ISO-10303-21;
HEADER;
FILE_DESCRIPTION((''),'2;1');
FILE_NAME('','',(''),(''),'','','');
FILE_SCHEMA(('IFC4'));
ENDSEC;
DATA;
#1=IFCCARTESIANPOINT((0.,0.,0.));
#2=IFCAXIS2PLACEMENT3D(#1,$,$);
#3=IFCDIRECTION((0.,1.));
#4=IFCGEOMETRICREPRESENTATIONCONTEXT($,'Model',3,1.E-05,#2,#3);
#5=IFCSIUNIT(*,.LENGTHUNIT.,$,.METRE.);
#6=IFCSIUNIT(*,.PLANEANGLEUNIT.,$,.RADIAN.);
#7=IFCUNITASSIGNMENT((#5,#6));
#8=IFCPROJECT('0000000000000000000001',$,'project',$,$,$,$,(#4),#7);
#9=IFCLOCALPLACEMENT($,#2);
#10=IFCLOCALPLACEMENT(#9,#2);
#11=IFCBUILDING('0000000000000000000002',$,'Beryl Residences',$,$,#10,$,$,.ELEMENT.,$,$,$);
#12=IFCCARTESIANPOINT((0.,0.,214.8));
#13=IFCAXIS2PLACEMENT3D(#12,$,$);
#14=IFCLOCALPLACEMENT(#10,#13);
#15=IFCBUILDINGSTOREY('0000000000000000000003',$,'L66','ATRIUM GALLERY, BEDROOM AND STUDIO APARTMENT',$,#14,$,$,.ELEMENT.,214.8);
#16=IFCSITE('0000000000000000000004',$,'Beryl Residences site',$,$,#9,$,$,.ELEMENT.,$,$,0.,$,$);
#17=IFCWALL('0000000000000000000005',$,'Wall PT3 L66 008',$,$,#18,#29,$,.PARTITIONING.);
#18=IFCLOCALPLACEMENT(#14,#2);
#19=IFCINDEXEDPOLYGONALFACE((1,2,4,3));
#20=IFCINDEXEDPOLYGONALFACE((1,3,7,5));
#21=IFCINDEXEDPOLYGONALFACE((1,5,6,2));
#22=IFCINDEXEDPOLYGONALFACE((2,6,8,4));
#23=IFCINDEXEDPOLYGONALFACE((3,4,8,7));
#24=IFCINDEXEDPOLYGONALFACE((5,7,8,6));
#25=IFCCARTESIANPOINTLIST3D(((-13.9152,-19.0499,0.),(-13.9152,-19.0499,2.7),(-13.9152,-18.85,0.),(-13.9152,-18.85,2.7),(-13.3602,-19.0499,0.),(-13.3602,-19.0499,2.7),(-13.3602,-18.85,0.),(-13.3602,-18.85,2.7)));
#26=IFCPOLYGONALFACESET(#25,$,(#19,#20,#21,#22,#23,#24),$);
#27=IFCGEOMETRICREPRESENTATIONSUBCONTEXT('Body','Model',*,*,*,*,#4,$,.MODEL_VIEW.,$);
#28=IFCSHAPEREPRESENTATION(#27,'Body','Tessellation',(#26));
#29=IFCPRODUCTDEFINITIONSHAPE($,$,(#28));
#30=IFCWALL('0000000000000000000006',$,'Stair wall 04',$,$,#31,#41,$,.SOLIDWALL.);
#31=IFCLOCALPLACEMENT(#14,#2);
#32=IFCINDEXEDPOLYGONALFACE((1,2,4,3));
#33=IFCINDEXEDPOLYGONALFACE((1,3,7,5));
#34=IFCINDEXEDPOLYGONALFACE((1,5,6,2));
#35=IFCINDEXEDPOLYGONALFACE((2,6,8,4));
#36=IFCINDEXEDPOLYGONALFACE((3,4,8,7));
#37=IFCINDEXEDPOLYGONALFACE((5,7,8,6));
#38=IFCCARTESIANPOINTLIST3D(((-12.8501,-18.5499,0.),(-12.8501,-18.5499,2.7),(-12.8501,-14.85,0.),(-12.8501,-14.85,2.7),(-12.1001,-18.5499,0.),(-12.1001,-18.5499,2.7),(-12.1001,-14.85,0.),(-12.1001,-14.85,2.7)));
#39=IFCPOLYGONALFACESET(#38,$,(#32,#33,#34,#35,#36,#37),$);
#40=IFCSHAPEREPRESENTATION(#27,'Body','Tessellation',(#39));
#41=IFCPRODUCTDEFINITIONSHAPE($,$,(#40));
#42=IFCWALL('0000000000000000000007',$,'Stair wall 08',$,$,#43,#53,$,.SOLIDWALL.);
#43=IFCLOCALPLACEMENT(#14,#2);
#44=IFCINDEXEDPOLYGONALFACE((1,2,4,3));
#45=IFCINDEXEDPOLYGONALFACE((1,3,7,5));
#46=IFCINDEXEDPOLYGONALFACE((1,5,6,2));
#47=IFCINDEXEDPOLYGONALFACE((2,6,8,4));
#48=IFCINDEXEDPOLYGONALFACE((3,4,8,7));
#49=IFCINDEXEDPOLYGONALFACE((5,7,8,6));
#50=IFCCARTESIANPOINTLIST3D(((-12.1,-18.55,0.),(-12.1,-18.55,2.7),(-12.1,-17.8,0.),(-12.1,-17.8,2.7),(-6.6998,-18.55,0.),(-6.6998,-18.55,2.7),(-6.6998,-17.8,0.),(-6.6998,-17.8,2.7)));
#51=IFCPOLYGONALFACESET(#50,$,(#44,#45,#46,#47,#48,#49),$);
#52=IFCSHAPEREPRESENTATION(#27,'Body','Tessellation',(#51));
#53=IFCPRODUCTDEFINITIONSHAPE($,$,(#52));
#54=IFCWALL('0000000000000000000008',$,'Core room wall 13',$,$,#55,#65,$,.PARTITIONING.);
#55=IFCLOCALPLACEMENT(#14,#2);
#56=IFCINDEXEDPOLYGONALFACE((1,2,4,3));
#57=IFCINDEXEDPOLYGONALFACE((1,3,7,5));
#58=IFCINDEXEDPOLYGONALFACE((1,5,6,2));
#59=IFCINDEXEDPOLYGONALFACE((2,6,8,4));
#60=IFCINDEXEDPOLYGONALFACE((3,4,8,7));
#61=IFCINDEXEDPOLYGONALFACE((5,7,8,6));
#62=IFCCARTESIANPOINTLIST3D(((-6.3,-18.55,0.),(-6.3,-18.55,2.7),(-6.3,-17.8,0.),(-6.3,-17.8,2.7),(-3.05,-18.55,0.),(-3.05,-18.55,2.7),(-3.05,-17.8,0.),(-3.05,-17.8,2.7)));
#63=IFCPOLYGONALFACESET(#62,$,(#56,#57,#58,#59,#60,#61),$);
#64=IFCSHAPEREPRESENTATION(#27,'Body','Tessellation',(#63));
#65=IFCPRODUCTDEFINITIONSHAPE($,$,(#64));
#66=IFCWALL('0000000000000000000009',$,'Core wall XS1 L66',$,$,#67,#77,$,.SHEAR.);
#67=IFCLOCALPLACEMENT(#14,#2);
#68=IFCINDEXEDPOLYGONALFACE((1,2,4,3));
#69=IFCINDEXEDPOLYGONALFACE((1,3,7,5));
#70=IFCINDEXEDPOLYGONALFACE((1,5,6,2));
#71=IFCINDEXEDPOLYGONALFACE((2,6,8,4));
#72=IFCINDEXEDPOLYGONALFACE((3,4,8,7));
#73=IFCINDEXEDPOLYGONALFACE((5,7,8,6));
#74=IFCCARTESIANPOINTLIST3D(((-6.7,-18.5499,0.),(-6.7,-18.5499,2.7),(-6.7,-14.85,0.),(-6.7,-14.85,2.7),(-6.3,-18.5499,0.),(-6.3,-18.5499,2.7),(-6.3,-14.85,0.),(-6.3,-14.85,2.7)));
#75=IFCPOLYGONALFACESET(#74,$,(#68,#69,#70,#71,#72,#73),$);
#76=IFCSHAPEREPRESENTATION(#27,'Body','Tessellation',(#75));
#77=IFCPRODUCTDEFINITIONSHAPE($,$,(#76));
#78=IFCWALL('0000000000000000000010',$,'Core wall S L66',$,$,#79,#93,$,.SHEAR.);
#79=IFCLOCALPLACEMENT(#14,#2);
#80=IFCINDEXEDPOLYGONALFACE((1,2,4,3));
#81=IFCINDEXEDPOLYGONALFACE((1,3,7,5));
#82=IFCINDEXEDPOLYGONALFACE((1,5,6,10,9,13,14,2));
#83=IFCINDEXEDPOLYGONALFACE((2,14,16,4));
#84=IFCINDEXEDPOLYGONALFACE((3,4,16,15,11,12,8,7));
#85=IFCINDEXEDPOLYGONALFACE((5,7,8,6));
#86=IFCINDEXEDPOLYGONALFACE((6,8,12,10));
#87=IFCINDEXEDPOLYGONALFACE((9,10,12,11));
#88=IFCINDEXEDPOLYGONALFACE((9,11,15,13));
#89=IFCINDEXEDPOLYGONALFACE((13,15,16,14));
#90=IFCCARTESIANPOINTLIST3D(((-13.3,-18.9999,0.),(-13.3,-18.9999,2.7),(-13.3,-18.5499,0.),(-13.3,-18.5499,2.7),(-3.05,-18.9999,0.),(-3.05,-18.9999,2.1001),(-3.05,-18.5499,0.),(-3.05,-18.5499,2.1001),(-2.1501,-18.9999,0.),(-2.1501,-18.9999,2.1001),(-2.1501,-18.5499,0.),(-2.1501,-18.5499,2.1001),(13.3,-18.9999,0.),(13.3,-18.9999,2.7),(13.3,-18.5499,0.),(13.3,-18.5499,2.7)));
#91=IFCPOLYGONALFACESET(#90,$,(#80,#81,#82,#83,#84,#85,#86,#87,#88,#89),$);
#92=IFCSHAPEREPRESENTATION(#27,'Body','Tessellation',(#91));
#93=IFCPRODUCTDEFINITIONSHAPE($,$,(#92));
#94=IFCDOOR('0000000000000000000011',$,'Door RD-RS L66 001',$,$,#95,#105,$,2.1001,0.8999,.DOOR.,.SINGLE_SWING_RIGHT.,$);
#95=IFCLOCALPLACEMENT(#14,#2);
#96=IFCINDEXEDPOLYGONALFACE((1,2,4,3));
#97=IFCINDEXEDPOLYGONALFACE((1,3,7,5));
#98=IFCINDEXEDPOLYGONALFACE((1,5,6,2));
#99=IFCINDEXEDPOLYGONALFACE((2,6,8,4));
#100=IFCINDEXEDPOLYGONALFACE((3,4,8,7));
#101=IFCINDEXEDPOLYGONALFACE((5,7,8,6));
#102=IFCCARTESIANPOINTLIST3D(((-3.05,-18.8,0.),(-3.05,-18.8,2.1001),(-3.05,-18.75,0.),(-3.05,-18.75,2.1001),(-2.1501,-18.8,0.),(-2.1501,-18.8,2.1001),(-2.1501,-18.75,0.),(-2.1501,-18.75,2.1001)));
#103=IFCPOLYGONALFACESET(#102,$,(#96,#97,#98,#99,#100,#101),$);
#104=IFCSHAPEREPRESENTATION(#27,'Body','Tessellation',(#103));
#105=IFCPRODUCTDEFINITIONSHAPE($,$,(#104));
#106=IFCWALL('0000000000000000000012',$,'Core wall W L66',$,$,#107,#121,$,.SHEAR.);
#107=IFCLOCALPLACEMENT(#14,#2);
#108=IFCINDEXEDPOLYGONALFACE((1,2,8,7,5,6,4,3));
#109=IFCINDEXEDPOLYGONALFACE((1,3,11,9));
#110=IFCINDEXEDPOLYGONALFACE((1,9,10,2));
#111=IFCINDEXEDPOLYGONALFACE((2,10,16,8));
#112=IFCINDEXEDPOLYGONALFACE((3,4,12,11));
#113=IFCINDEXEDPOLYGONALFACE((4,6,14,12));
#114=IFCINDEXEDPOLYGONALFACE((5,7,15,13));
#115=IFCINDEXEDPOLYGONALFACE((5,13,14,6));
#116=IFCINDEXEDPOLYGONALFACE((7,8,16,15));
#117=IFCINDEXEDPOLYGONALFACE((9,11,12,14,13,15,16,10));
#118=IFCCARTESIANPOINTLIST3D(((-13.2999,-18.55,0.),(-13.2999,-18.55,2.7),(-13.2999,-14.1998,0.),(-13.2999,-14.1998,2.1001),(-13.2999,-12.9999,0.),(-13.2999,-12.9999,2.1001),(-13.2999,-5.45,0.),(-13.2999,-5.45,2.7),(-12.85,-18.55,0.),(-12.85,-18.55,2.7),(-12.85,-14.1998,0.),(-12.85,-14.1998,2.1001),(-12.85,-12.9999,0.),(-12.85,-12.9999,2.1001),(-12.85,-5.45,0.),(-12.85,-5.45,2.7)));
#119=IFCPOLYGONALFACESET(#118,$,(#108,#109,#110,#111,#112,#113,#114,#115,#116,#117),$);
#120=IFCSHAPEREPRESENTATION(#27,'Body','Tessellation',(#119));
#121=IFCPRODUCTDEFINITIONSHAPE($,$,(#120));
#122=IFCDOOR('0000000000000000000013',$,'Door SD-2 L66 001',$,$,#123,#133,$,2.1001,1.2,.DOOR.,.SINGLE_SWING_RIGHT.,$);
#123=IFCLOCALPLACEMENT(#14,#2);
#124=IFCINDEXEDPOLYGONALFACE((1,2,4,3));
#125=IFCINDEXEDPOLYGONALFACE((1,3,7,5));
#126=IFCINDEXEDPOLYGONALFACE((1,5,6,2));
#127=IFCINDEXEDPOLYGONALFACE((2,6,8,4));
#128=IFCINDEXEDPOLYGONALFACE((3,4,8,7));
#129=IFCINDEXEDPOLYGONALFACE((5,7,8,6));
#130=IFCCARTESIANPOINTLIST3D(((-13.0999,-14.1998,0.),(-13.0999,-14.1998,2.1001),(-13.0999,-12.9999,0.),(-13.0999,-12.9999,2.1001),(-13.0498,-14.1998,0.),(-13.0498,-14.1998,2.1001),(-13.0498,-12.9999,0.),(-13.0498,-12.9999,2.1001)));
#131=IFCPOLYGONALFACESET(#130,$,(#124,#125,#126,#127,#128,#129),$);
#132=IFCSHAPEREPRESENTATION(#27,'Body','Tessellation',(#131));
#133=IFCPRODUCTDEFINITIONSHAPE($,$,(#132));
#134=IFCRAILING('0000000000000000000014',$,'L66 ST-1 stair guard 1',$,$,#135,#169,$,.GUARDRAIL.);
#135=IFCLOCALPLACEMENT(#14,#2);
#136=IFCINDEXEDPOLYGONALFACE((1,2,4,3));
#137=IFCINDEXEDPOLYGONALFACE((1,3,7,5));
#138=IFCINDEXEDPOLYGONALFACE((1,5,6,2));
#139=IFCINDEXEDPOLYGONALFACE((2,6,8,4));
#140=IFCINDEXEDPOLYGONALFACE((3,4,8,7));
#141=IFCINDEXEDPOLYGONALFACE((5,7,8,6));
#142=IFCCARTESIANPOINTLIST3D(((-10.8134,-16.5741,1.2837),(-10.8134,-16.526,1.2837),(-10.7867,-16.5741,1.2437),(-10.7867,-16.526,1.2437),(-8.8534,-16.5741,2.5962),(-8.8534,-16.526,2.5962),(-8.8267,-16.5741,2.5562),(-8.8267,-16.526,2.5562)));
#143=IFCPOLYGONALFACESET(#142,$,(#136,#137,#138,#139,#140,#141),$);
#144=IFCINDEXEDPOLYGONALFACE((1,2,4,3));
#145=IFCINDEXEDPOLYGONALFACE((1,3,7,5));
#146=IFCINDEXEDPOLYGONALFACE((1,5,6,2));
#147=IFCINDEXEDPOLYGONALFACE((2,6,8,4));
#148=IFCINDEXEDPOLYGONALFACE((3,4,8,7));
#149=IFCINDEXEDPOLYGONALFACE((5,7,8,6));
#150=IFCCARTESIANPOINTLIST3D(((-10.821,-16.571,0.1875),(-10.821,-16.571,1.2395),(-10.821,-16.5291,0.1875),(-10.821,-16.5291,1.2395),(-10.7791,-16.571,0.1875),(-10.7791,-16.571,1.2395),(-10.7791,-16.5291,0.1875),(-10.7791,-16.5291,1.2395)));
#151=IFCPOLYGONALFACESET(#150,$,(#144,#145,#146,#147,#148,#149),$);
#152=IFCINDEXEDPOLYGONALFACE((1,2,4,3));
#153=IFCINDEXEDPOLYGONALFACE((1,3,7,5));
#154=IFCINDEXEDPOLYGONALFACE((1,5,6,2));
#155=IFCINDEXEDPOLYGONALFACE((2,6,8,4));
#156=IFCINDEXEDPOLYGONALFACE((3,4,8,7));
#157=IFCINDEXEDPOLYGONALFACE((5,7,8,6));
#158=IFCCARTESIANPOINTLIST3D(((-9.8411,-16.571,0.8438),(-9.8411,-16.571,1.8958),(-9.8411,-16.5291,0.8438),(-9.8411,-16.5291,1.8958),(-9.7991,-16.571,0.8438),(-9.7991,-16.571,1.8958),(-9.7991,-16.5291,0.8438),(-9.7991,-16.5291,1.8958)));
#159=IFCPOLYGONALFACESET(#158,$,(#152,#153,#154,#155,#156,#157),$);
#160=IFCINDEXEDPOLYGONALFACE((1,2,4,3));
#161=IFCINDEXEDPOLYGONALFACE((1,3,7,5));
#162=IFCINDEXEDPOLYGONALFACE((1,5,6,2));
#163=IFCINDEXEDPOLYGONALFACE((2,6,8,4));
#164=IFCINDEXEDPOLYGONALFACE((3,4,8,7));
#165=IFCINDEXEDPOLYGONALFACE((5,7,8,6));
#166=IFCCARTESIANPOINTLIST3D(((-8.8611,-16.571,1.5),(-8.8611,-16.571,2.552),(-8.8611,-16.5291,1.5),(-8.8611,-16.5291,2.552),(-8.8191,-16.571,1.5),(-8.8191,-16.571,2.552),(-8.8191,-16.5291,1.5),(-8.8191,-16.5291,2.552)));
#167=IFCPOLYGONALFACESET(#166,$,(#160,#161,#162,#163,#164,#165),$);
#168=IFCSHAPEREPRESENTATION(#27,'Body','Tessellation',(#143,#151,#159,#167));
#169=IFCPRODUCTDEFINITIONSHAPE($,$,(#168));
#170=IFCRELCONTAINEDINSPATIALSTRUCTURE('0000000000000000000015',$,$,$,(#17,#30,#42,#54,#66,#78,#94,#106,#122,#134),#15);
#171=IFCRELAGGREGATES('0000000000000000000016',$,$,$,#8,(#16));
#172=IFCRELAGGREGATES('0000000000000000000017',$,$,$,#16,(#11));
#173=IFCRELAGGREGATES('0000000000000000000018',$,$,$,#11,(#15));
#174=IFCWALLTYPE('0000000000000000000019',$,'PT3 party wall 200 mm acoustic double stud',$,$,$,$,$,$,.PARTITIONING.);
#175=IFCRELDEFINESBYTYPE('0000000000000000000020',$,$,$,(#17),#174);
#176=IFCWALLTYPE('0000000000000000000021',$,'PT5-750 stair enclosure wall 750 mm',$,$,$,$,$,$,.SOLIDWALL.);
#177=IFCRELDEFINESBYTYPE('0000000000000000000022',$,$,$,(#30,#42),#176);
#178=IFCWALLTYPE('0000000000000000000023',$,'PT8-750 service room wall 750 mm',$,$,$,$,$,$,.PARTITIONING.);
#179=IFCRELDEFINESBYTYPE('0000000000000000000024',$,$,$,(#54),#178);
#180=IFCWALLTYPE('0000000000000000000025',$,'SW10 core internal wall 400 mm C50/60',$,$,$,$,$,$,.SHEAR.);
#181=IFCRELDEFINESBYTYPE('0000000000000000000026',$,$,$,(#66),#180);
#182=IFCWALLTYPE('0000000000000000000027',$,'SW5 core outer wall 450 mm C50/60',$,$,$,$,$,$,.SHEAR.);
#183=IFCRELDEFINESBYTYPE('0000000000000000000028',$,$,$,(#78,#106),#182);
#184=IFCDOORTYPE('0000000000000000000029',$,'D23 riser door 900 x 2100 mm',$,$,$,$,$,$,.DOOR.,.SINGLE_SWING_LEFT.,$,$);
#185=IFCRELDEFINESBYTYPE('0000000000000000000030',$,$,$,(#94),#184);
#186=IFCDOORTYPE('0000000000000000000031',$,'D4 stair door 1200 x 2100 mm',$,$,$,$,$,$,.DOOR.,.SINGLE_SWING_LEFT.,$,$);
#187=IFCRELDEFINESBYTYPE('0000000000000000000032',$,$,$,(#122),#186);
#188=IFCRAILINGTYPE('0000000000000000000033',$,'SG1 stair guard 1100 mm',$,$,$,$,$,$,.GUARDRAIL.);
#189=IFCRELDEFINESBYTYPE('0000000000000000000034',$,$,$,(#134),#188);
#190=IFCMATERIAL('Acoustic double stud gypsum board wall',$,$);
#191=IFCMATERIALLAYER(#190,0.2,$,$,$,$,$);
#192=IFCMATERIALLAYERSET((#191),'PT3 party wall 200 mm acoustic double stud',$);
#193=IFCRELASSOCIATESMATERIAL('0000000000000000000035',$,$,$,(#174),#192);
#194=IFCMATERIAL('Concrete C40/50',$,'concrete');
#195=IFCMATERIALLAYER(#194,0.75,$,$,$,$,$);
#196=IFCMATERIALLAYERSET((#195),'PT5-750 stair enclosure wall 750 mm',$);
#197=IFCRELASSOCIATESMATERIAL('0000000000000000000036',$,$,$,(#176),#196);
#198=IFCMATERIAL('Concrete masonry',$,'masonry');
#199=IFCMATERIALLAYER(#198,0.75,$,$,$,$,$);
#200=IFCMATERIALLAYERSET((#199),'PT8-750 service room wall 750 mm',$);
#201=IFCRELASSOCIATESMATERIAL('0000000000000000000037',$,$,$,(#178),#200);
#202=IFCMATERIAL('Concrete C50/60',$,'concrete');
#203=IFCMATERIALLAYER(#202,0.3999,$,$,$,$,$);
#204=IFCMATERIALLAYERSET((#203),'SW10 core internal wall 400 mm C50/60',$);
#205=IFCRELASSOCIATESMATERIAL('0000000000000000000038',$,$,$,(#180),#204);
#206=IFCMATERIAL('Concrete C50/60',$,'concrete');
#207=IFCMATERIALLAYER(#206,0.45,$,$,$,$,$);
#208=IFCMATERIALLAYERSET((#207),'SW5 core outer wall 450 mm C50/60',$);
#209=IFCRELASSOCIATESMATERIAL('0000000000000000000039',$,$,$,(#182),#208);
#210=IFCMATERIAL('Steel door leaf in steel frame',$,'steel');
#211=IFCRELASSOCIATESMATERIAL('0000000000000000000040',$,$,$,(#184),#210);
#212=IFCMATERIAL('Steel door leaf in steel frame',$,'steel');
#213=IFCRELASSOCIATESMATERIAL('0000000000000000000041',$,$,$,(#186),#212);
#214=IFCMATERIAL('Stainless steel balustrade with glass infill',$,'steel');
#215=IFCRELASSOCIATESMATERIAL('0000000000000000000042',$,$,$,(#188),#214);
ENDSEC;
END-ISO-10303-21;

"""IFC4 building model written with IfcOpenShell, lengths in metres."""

from ifc_helpers import new_model, si_unit, direction, frame, frame_2d, origin, origin_2d, place, context, subcontext, project, spatial, rectangle, extrude, material, layer, layer_set, type_object, element, fill, save


model = new_model("IFC4")

# Units and contexts
model_context = context("Model", 3, precision=1e-05, world=origin(), true_north=direction((0.0, 1.0)))
body_context = subcontext(model_context, "Body", "Model", "MODEL_VIEW")
ifc_project = project(units=[si_unit("LENGTHUNIT", "METRE"), si_unit("PLANEANGLEUNIT", "RADIAN")], contexts=[model_context])

# Site, building, storey
site_placement = place(None, origin())
site = spatial("IfcSite", under=ifc_project, at=site_placement, Name="Beryl Residences site", CompositionType="ELEMENT", RefElevation=0.0)
building_placement = place(site_placement, origin())
building = spatial("IfcBuilding", under=site, at=building_placement, Name="Beryl Residences", CompositionType="ELEMENT")
storey_placement = place(building_placement, frame((0.0, 0.0, 214.8)))
storey = spatial("IfcBuildingStorey", under=building, at=storey_placement, Name="L66", Description="ATRIUM GALLERY, BEDROOM AND STUDIO APARTMENT", CompositionType="ELEMENT", Elevation=214.8)

# Walls
ifc_material_1 = material(Name="Acoustic double stud gypsum board wall")
ifc_layer_1 = layer(ifc_material_1, 0.2)
ifc_layer_set_1 = layer_set([ifc_layer_1], Name="PT3 party wall 200 mm acoustic double stud")
wall_type_1 = type_object("IfcWallType", Name="PT3 party wall 200 mm acoustic double stud", PredefinedType="PARTITIONING", material=ifc_layer_set_1)
wall_1_placement = place(storey_placement, frame((-13.915, -18.95, 0.0), z_axis=(0.0, 0.0, 1.0), x_axis=(1.0, 0.0, 0.0)))
element("IfcWall", 1, at=wall_1_placement, inside=storey, type_object=wall_type_1, Name="Wall PT3 L66 008", PredefinedType="PARTITIONING", context=body_context, shape_type="SweptSolid", body=[
    extrude(rectangle(XDim=0.5549, YDim=0.2, at=frame_2d((0.2773, 0.0))), origin(), (0.0, 0.0, 1.0), 2.7),
])
ifc_material_2 = material(Name="Concrete C40/50", Category="concrete")
ifc_layer_2 = layer(ifc_material_2, 0.75)
ifc_layer_set_2 = layer_set([ifc_layer_2], Name="PT5-750 stair enclosure wall 750 mm")
wall_type_2 = type_object("IfcWallType", Name="PT5-750 stair enclosure wall 750 mm", PredefinedType="SOLIDWALL", material=ifc_layer_set_2)
wall_2_placement = place(storey_placement, frame((-12.4751, -18.55, 0.0), z_axis=(0.0, 0.0, 1.0), x_axis=(0.0, 1.0, 0.0)))
element("IfcWall", 2, at=wall_2_placement, inside=storey, type_object=wall_type_2, Name="Stair wall 04", PredefinedType="SOLIDWALL", context=body_context, shape_type="SweptSolid", body=[
    extrude(rectangle(XDim=3.7, YDim=0.75, at=frame_2d((1.8501, 0.0))), origin(), (0.0, 0.0, 1.0), 2.7),
])
wall_3_placement = place(storey_placement, frame((-12.1001, -18.175, 0.0), z_axis=(0.0, 0.0, 1.0), x_axis=(1.0, 0.0, 0.0)))
element("IfcWall", 3, at=wall_3_placement, inside=storey, type_object=wall_type_2, Name="Stair wall 08", PredefinedType="SOLIDWALL", context=body_context, shape_type="SweptSolid", body=[
    extrude(rectangle(XDim=5.4001, YDim=0.75, at=frame_2d((2.7002, 0.0))), origin(), (0.0, 0.0, 1.0), 2.7),
])
ifc_material_3 = material(Name="Concrete masonry", Category="masonry")
ifc_layer_3 = layer(ifc_material_3, 0.75)
ifc_layer_set_3 = layer_set([ifc_layer_3], Name="PT8-750 service room wall 750 mm")
wall_type_3 = type_object("IfcWallType", Name="PT8-750 service room wall 750 mm", PredefinedType="PARTITIONING", material=ifc_layer_set_3)
wall_4_placement = place(storey_placement, frame((-6.3, -18.175, 0.0), z_axis=(0.0, 0.0, 1.0), x_axis=(1.0, 0.0, 0.0)))
element("IfcWall", 4, at=wall_4_placement, inside=storey, type_object=wall_type_3, Name="Core room wall 13", PredefinedType="PARTITIONING", context=body_context, shape_type="SweptSolid", body=[
    extrude(rectangle(XDim=3.25, YDim=0.75, at=frame_2d((1.625, 0.0))), origin(), (0.0, 0.0, 1.0), 2.7),
])
ifc_material_4 = material(Name="Concrete C50/60", Category="concrete")
ifc_layer_4 = layer(ifc_material_4, 0.3999)
ifc_layer_set_4 = layer_set([ifc_layer_4], Name="SW10 core internal wall 400 mm C50/60")
wall_type_4 = type_object("IfcWallType", Name="SW10 core internal wall 400 mm C50/60", PredefinedType="SHEAR", material=ifc_layer_set_4)
wall_5_placement = place(storey_placement, frame((-6.5, -18.55, 0.0), z_axis=(0.0, 0.0, 1.0), x_axis=(0.0, 1.0, 0.0)))
element("IfcWall", 5, at=wall_5_placement, inside=storey, type_object=wall_type_4, Name="Core wall XS1 L66", PredefinedType="SHEAR", context=body_context, shape_type="SweptSolid", body=[
    extrude(rectangle(XDim=3.7, YDim=0.3999, at=frame_2d((1.8501, 0.0))), origin(), (0.0, 0.0, 1.0), 2.7),
])

# Walls, openings, doors
ifc_material_5 = material(Name="Concrete C50/60", Category="concrete")
ifc_layer_5 = layer(ifc_material_5, 0.45)
ifc_layer_set_5 = layer_set([ifc_layer_5], Name="SW5 core outer wall 450 mm C50/60")
wall_type_5 = type_object("IfcWallType", Name="SW5 core outer wall 450 mm C50/60", PredefinedType="SHEAR", material=ifc_layer_set_5)
wall_6_placement = place(storey_placement, frame((-13.3, -18.7749, 0.0), z_axis=(0.0, 0.0, 1.0), x_axis=(1.0, 0.0, 0.0)))
wall_6 = element("IfcWall", 6, at=wall_6_placement, inside=storey, type_object=wall_type_5, Name="Core wall S L66", PredefinedType="SHEAR", context=body_context, shape_type="SweptSolid", body=[
    extrude(rectangle(XDim=26.6001, YDim=0.45, at=frame_2d((13.3, 0.0))), origin(), (0.0, 0.0, 1.0), 2.7),
])
opening_1_placement = place(wall_6_placement, frame((10.25, 0.0, 0.0)))
opening_1 = element("IfcOpeningElement", 7, at=opening_1_placement, cuts=wall_6, PredefinedType="OPENING", context=body_context, shape_type="SweptSolid", body=[
    extrude(rectangle(XDim=0.8999, YDim=2.1001, at=frame_2d((0.45, 1.05))), frame((0.0, 0.2349, 0.0), z_axis=(0.0, -1.0, 0.0), x_axis=(1.0, 0.0, 0.0)), (0.0, 0.0, 1.0), 0.47),
])
ifc_material_6 = material(Name="Steel door leaf in steel frame", Category="steel")
door_type_1 = type_object("IfcDoorType", Name="D23 riser door 900 x 2100 mm", OperationType="SINGLE_SWING_LEFT", PredefinedType="DOOR", material=ifc_material_6)
door_1_placement = place(opening_1_placement, origin())
door_1 = element("IfcDoor", 8, at=door_1_placement, inside=storey, type_object=door_type_1, Name="Door RD-RS L66 001", OperationType="SINGLE_SWING_RIGHT", OverallHeight=2.1001, OverallWidth=0.8999, PredefinedType="DOOR", context=body_context, shape_type="SweptSolid", body=[
    extrude(rectangle(XDim=0.8999, YDim=2.1001, at=frame_2d((0.45, 1.05))), frame((0.0, 0.0249, 0.0), z_axis=(0.0, -1.0, 0.0), x_axis=(1.0, 0.0, 0.0)), (0.0, 0.0, 1.0), 0.05),
])
fill(opening_1, door_1)
wall_7_placement = place(storey_placement, frame((-13.075, -18.55, 0.0), z_axis=(0.0, 0.0, 1.0), x_axis=(0.0, 1.0, 0.0)))
wall_7 = element("IfcWall", 9, at=wall_7_placement, inside=storey, type_object=wall_type_5, Name="Core wall W L66", PredefinedType="SHEAR", context=body_context, shape_type="SweptSolid", body=[
    extrude(rectangle(XDim=13.1001, YDim=0.45, at=frame_2d((6.55, 0.0))), origin(), (0.0, 0.0, 1.0), 2.7),
])
opening_2_placement = place(wall_7_placement, frame((4.3501, 0.0, 0.0)))
opening_2 = element("IfcOpeningElement", 10, at=opening_2_placement, cuts=wall_7, PredefinedType="OPENING", context=body_context, shape_type="SweptSolid", body=[
    extrude(rectangle(XDim=1.2, YDim=2.1001, at=frame_2d((0.6001, 1.05))), frame((0.0, 0.2349, 0.0), z_axis=(0.0, -1.0, 0.0), x_axis=(1.0, 0.0, 0.0)), (0.0, 0.0, 1.0), 0.47),
])
ifc_material_7 = material(Name="Steel door leaf in steel frame", Category="steel")
door_type_2 = type_object("IfcDoorType", Name="D4 stair door 1200 x 2100 mm", OperationType="SINGLE_SWING_LEFT", PredefinedType="DOOR", material=ifc_material_7)
door_2_placement = place(opening_2_placement, origin())
door_2 = element("IfcDoor", 11, at=door_2_placement, inside=storey, type_object=door_type_2, Name="Door SD-2 L66 001", OperationType="SINGLE_SWING_RIGHT", OverallHeight=2.1001, OverallWidth=1.2, PredefinedType="DOOR", context=body_context, shape_type="SweptSolid", body=[
    extrude(rectangle(XDim=1.2, YDim=2.1001, at=frame_2d((0.6001, 1.05))), frame((0.0, 0.0249, 0.0), z_axis=(0.0, -1.0, 0.0), x_axis=(1.0, 0.0, 0.0)), (0.0, 0.0, 1.0), 0.05),
])
fill(opening_2, door_2)

# Railing
ifc_material_8 = material(Name="Stainless steel balustrade with glass infill", Category="steel")
railing_type_1 = type_object("IfcRailingType", Name="SG1 stair guard 1100 mm", PredefinedType="GUARDRAIL", material=ifc_material_8)
railing_1_placement = place(storey_placement, frame((-10.8, -16.55, 0.1875)))
element("IfcRailing", 12, at=railing_1_placement, inside=storey, type_object=railing_type_1, Name="L66 ST-1 stair guard 1", PredefinedType="GUARDRAIL", context=body_context, shape_type="SweptSolid", body=[
    extrude(rectangle(XDim=0.0481, YDim=0.0481, at=origin_2d()), frame((0.0, 0.0, 1.0762), z_axis=(0.830902, 0.0, 0.556419), x_axis=(0.0, 1.0, 0.0)), (0.0, 0.0, 1.0), 2.3589),
    extrude(rectangle(XDim=0.042, YDim=0.042, at=origin_2d()), origin(), (0.0, 0.0, 1.0), 1.052),
    extrude(rectangle(XDim=0.042, YDim=0.042, at=origin_2d()), frame((0.98, 0.0, 0.6562)), (0.0, 0.0, 1.0), 1.052),
    extrude(rectangle(XDim=0.042, YDim=0.042, at=origin_2d()), frame((1.96, 0.0, 1.3125)), (0.0, 0.0, 1.0), 1.052),
])

save(model, "model.ifc")
